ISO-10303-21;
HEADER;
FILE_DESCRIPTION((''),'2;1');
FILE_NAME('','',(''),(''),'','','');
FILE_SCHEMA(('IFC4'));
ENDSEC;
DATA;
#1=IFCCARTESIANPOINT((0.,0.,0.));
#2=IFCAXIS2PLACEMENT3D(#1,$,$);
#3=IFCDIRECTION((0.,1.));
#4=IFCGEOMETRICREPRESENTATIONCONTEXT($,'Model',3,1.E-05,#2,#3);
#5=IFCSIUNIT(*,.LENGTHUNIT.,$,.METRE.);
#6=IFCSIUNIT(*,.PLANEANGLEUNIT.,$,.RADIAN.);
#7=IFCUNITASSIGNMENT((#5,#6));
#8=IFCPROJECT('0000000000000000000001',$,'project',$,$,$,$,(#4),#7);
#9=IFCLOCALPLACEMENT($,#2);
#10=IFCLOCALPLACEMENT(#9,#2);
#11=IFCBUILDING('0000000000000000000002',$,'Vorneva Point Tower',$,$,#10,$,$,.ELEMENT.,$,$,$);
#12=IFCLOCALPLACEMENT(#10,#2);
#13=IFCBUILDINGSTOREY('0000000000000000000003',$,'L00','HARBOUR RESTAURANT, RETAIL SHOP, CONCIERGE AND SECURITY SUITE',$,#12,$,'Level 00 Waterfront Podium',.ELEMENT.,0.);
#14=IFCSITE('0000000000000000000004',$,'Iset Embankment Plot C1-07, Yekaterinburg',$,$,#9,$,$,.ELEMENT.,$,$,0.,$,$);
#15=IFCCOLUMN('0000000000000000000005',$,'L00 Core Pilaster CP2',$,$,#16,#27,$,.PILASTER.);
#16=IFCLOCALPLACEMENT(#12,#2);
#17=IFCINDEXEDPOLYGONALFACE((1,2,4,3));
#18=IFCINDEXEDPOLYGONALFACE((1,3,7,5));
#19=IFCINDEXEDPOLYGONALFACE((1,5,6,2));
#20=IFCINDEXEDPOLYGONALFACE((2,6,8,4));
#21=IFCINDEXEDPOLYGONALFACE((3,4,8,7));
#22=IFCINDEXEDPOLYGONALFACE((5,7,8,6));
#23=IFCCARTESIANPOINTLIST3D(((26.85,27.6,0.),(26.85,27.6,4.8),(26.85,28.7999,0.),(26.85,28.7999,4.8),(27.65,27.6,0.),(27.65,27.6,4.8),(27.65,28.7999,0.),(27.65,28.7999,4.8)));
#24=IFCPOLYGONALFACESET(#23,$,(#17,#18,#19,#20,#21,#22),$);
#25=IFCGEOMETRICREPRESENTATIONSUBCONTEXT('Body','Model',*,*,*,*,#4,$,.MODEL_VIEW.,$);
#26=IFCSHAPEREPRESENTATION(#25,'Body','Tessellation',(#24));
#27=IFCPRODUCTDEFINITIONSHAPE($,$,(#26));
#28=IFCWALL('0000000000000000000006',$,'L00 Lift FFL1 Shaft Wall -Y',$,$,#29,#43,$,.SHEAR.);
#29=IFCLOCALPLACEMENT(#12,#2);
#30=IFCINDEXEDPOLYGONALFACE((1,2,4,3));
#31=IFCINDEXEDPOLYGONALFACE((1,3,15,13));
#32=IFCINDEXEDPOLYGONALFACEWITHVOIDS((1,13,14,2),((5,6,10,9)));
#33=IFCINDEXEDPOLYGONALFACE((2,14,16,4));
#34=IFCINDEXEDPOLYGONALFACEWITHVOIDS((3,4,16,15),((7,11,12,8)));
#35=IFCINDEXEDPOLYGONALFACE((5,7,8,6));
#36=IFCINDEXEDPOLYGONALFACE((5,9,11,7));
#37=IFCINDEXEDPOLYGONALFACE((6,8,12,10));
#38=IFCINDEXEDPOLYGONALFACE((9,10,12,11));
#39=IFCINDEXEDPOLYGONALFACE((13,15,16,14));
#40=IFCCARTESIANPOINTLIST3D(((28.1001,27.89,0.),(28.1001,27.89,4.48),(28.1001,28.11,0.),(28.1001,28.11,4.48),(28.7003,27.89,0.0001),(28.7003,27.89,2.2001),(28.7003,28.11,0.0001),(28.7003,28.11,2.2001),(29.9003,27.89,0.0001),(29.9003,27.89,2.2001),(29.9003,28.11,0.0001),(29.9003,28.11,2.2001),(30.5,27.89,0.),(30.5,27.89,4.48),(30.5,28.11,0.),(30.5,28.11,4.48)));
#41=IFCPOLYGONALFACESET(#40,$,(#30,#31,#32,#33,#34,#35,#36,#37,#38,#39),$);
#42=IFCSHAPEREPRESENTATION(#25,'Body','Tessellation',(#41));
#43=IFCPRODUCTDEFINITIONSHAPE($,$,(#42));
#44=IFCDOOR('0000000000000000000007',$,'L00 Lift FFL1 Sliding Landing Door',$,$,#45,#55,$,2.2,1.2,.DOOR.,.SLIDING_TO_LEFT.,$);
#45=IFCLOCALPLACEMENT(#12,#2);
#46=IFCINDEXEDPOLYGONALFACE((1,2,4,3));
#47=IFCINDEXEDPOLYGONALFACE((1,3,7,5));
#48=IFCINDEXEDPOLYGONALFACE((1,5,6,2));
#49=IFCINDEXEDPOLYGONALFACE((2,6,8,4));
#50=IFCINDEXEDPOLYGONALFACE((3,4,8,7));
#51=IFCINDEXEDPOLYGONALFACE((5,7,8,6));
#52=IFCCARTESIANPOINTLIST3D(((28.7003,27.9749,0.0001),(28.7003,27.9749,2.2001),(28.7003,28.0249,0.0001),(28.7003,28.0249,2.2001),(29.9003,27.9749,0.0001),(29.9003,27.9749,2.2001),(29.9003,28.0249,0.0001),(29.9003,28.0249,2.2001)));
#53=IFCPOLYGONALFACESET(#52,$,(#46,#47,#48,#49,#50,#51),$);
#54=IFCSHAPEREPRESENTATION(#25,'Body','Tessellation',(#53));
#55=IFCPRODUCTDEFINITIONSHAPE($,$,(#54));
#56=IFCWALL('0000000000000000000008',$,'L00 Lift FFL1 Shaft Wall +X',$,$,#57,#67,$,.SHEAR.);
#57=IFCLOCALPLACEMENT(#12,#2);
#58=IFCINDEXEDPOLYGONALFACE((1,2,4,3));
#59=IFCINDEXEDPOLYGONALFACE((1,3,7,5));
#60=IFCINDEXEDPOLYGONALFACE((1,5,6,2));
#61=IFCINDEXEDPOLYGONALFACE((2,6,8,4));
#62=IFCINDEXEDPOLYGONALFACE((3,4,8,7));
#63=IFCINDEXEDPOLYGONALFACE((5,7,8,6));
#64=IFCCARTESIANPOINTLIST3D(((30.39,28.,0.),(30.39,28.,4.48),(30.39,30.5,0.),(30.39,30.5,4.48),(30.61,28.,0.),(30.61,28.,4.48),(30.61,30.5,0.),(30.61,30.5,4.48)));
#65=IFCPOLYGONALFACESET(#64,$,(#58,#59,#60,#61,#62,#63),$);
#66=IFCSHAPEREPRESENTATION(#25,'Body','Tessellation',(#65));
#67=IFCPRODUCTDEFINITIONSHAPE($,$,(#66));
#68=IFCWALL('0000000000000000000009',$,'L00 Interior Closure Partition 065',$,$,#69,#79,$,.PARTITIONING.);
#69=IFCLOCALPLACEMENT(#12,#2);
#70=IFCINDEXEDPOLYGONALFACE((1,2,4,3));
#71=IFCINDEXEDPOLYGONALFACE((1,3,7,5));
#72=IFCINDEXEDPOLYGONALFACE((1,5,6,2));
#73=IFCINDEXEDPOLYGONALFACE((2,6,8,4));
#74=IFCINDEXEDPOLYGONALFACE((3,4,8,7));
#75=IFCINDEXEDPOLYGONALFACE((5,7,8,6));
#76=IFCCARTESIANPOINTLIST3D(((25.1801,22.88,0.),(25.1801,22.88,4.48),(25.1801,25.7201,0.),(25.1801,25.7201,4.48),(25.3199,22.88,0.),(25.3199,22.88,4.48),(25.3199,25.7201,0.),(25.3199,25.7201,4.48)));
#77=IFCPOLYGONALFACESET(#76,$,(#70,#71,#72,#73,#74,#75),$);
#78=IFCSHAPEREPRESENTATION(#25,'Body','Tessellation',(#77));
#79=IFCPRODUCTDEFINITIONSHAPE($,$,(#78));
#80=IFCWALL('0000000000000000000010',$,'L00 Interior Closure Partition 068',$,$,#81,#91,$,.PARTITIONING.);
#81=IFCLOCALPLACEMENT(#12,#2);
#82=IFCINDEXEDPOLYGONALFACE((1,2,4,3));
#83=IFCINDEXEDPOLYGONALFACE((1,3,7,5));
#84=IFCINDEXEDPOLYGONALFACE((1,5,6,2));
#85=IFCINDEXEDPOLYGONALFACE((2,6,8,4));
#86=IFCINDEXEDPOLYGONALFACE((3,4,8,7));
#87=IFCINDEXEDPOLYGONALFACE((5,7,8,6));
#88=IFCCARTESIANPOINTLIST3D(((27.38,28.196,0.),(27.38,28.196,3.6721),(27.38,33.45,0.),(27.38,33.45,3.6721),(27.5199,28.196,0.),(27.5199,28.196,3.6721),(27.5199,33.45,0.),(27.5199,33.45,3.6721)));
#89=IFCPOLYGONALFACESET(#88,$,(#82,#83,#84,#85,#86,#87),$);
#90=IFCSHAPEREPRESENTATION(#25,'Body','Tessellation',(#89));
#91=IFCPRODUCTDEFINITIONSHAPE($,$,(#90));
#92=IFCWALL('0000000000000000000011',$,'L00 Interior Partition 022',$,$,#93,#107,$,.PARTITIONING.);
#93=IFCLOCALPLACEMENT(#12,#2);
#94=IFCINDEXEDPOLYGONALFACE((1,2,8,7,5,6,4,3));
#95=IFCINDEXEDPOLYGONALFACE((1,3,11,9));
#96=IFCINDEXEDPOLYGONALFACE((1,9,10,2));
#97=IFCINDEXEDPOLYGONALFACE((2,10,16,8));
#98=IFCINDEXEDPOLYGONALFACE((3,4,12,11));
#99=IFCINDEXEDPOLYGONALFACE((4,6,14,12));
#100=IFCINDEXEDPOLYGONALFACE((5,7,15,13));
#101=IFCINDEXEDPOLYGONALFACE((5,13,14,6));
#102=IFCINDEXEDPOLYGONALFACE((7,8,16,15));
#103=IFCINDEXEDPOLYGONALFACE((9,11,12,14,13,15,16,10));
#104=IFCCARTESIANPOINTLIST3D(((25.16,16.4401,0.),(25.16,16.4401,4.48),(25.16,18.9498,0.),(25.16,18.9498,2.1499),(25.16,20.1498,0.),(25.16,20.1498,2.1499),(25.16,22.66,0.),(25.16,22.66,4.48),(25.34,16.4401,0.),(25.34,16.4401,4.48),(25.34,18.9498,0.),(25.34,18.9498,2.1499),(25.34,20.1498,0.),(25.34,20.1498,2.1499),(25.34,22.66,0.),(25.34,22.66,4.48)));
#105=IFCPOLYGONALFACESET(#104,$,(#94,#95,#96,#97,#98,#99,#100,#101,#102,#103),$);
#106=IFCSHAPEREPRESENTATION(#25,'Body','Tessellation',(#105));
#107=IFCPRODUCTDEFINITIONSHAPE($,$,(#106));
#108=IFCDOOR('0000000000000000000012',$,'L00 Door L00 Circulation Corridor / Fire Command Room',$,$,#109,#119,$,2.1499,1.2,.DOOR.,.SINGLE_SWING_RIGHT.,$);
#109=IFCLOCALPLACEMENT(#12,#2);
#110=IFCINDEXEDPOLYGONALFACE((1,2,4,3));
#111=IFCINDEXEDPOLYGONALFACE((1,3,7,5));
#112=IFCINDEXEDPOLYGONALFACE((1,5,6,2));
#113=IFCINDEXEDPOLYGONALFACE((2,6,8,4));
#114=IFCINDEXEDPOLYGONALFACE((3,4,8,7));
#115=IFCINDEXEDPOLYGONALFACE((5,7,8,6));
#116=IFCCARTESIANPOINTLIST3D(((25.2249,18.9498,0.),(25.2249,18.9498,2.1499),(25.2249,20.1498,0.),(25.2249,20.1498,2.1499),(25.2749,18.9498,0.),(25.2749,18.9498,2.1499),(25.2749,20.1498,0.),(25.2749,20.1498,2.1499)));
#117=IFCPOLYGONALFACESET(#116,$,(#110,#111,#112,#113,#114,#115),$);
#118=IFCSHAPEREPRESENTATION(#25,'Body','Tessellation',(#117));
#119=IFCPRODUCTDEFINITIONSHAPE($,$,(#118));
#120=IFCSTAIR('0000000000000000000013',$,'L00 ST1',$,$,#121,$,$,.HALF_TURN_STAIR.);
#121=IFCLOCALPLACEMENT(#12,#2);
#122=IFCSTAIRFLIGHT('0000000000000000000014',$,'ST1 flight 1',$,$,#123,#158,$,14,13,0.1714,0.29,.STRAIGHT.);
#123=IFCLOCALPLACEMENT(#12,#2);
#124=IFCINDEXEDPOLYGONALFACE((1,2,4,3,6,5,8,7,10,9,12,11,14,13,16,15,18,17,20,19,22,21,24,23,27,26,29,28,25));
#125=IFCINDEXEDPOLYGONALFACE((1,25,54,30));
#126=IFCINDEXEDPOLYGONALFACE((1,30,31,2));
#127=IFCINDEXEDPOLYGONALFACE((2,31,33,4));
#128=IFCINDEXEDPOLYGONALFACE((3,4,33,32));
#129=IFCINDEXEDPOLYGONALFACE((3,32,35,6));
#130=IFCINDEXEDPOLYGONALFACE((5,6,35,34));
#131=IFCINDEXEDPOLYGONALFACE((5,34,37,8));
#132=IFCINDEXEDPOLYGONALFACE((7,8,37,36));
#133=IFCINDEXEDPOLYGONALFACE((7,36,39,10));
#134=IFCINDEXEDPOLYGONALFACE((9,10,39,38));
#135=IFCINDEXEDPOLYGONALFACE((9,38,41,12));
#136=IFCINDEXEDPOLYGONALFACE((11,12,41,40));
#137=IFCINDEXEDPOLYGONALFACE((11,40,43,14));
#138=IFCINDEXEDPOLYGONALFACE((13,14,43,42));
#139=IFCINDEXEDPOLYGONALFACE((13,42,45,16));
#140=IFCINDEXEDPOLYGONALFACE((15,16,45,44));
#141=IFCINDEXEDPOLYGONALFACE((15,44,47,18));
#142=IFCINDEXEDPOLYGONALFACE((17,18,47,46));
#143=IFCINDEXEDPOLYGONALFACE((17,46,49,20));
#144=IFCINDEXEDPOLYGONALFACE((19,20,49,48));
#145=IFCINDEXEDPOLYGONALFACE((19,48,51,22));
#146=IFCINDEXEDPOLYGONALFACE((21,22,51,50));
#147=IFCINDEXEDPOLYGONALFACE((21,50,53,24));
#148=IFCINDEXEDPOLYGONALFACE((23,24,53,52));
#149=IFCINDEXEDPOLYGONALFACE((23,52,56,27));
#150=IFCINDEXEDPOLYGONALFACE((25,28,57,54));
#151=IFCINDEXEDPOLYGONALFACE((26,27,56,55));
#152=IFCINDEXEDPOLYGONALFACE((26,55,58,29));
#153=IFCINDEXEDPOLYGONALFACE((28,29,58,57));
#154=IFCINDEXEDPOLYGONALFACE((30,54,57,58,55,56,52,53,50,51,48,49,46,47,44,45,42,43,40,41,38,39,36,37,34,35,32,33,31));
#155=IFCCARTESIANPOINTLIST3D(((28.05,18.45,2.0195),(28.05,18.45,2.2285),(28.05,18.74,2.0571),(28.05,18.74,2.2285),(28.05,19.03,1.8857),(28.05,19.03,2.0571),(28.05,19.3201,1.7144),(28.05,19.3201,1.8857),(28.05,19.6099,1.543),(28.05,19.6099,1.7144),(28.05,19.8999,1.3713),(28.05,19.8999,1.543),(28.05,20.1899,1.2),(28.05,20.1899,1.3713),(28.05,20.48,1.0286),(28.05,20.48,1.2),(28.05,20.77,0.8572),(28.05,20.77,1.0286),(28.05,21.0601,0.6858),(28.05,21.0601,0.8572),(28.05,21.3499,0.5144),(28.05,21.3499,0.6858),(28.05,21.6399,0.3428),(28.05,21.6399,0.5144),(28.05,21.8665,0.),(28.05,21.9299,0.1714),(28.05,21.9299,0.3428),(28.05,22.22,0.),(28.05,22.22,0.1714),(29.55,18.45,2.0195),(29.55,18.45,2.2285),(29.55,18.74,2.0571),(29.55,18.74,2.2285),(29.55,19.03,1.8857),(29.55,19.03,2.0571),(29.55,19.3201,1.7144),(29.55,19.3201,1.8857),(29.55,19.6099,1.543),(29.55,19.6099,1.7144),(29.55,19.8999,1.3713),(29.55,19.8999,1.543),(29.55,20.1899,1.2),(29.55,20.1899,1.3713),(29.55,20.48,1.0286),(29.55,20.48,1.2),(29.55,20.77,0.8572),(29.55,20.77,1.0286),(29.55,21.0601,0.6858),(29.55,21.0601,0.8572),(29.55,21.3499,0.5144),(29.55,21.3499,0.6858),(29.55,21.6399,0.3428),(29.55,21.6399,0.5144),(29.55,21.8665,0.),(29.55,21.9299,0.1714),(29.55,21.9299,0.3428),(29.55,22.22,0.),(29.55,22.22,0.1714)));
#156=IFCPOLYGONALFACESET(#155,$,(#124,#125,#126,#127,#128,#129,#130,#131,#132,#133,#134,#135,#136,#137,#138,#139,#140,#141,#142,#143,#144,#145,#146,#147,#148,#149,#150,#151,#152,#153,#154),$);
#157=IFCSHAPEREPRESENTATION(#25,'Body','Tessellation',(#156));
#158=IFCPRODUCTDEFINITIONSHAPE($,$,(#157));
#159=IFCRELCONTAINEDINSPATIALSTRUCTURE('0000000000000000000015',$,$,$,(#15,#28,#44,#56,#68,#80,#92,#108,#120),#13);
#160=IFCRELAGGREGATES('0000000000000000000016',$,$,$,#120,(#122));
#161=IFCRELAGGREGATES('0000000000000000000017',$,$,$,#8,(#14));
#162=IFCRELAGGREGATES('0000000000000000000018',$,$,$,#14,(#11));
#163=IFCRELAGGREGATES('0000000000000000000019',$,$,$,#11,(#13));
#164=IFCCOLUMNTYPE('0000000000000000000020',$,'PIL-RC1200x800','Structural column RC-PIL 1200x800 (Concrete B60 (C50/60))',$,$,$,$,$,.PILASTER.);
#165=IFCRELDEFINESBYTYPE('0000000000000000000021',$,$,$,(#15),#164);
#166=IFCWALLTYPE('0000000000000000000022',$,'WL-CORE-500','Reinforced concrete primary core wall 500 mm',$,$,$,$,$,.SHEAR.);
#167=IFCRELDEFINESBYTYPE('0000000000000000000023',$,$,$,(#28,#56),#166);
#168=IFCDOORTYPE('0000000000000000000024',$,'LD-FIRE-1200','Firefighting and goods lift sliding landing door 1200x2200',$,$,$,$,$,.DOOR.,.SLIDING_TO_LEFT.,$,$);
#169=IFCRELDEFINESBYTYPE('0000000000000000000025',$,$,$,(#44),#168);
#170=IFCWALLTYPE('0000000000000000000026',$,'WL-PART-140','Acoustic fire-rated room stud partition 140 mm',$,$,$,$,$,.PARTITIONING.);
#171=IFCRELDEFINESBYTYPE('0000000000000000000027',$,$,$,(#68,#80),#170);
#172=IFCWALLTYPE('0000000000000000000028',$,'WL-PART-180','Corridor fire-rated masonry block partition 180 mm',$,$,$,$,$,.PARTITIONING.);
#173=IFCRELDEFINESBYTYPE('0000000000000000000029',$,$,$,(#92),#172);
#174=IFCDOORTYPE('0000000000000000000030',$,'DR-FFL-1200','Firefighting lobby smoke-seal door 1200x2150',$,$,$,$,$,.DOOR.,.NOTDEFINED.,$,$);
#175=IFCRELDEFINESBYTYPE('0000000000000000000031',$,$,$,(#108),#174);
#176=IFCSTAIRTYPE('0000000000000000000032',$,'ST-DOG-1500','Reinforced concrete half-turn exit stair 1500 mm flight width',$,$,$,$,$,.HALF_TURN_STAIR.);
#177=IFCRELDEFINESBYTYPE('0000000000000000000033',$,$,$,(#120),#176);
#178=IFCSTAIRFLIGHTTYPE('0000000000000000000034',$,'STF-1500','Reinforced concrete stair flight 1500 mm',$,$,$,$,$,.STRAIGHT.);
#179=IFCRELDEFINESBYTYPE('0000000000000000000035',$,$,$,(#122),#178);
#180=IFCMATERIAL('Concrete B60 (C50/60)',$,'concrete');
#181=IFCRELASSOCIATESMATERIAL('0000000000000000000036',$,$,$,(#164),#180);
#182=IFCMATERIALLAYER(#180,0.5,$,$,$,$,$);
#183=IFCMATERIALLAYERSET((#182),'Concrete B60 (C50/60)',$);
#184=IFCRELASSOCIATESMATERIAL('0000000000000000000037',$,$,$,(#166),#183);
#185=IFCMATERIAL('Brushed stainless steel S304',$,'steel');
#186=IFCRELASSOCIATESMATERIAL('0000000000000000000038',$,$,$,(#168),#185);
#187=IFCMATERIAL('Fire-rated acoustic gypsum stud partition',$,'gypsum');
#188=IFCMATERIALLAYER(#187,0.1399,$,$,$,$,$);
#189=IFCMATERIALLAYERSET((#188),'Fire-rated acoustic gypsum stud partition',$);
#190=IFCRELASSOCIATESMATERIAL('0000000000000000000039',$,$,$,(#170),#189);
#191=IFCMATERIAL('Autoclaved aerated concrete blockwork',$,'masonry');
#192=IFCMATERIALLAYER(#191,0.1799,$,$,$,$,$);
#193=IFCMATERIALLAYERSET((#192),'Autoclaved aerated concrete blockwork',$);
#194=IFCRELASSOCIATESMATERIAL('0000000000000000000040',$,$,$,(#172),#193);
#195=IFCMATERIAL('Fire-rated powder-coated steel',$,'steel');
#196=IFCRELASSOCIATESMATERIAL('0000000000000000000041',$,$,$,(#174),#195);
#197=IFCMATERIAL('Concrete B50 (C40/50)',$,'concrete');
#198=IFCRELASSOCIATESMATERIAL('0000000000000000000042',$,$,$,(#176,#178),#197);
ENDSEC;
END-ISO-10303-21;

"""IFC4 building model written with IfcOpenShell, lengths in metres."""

from ifc_helpers import new_model, si_unit, direction, frame, frame_2d, origin, origin_2d, place, context, subcontext, project, spatial, polyline, rectangle, outline, extrude, material, layer, layer_set, material_profile, profile_set, type_object, element, fill, aggregate, save


model = new_model("IFC4")

# Units and contexts
model_context = context("Model", 3, precision=1e-05, world=origin(), true_north=direction((0.0, 1.0)))
body_context = subcontext(model_context, "Body", "Model", "MODEL_VIEW")
ifc_project = project(units=[si_unit("LENGTHUNIT", "METRE"), si_unit("PLANEANGLEUNIT", "RADIAN")], contexts=[model_context])

# Site, building, storey
site_placement = place(None, origin())
site = spatial("IfcSite", under=ifc_project, at=site_placement, Name="Iset Embankment Plot C1-07, Yekaterinburg", CompositionType="ELEMENT", RefElevation=0.0)
building_placement = place(site_placement, origin())
building = spatial("IfcBuilding", under=site, at=building_placement, Name="Vorneva Point Tower", CompositionType="ELEMENT")
storey_placement = place(building_placement, origin())
storey = spatial("IfcBuildingStorey", under=building, at=storey_placement, Name="L00", Description="HARBOUR RESTAURANT, RETAIL SHOP, CONCIERGE AND SECURITY SUITE", LongName="Level 00 Waterfront Podium", CompositionType="ELEMENT", Elevation=0.0)

# Column
ifc_material_1 = material(Name="Concrete B60 (C50/60)", Category="concrete")
ifc_material_profile = material_profile(ifc_material_1, rectangle(XDim=0.8, YDim=1.2, at=origin_2d()), Name="RC-PIL 1200x800")
ifc_profile_set = profile_set([ifc_material_profile], Name="Concrete B60 (C50/60)")
column_type = type_object("IfcColumnType", Name="PIL-RC1200x800", Description="Structural column RC-PIL 1200x800 (Concrete B60 (C50/60))", PredefinedType="PILASTER", material=ifc_profile_set)
column_placement = place(storey_placement, frame((27.25, 28.2, 0.0), z_axis=(0.0, 0.0, 1.0), x_axis=(1.0, 0.0, 0.0)))
element("IfcColumn", 1, at=column_placement, inside=storey, type_object=column_type, Name="L00 Core Pilaster CP2", PredefinedType="PILASTER", context=body_context, shape_type="SweptSolid", body=[
    extrude(rectangle(XDim=0.8, YDim=1.2, at=origin_2d()), origin(), (0.0, 0.0, 1.0), 4.8),
])

# Wall, opening, door
ifc_layer_1 = layer(ifc_material_1, 0.5)
ifc_layer_set_1 = layer_set([ifc_layer_1], Name="Concrete B60 (C50/60)")
wall_type_1 = type_object("IfcWallType", Name="WL-CORE-500", Description="Reinforced concrete primary core wall 500 mm", PredefinedType="SHEAR", material=ifc_layer_set_1)
wall_1_placement = place(storey_placement, frame((28.1001, 28.0, 0.0), z_axis=(0.0, 0.0, 1.0), x_axis=(1.0, 0.0, 0.0)))
wall_1 = element("IfcWall", 2, at=wall_1_placement, inside=storey, type_object=wall_type_1, Name="L00 Lift FFL1 Shaft Wall -Y", PredefinedType="SHEAR", context=body_context, shape_type="SweptSolid", body=[
    extrude(rectangle(XDim=2.3999, YDim=0.22, at=frame_2d((1.2, 0.0))), origin(), (0.0, 0.0, 1.0), 4.48),
])
opening_1_placement = place(wall_1_placement, frame((0.6001, 0.0, 0.0)))
opening_1 = element("IfcOpeningElement", 3, at=opening_1_placement, cuts=wall_1, PredefinedType="OPENING", context=body_context, shape_type="SweptSolid", body=[
    extrude(rectangle(XDim=1.2, YDim=2.2, at=frame_2d((0.6001, 1.1001))), frame((0.0, 0.125, 0.0), z_axis=(0.0, -1.0, 0.0), x_axis=(1.0, 0.0, 0.0)), (0.0, 0.0, 1.0), 0.2498),
])
ifc_material_2 = material(Name="Brushed stainless steel S304", Category="steel")
door_type_1 = type_object("IfcDoorType", Name="LD-FIRE-1200", Description="Firefighting and goods lift sliding landing door 1200x2200", OperationType="SLIDING_TO_LEFT", PredefinedType="DOOR", material=ifc_material_2)
door_1_placement = place(opening_1_placement, origin())
door_1 = element("IfcDoor", 4, at=door_1_placement, inside=storey, type_object=door_type_1, Name="L00 Lift FFL1 Sliding Landing Door", OperationType="SLIDING_TO_LEFT", OverallHeight=2.2, OverallWidth=1.2, PredefinedType="DOOR", context=body_context, shape_type="SweptSolid", body=[
    extrude(rectangle(XDim=1.2, YDim=2.2, at=frame_2d((0.6001, 1.1001))), frame((0.0, 0.0249, 0.0), z_axis=(0.0, -1.0, 0.0), x_axis=(1.0, 0.0, 0.0)), (0.0, 0.0, 1.0), 0.05),
])
fill(opening_1, door_1)

# Walls
wall_2_placement = place(storey_placement, frame((30.5, 28.0, 0.0), z_axis=(0.0, 0.0, 1.0), x_axis=(0.0, 1.0, 0.0)))
element("IfcWall", 5, at=wall_2_placement, inside=storey, type_object=wall_type_1, Name="L00 Lift FFL1 Shaft Wall +X", PredefinedType="SHEAR", context=body_context, shape_type="SweptSolid", body=[
    extrude(rectangle(XDim=2.5, YDim=0.22, at=frame_2d((1.25, 0.0))), origin(), (0.0, 0.0, 1.0), 4.48),
])
ifc_material_3 = material(Name="Fire-rated acoustic gypsum stud partition", Category="gypsum")
ifc_layer_2 = layer(ifc_material_3, 0.1399)
ifc_layer_set_2 = layer_set([ifc_layer_2], Name="Fire-rated acoustic gypsum stud partition")
wall_type_2 = type_object("IfcWallType", Name="WL-PART-140", Description="Acoustic fire-rated room stud partition 140 mm", PredefinedType="PARTITIONING", material=ifc_layer_set_2)
wall_3_placement = place(storey_placement, frame((25.25, 25.72, 0.0), z_axis=(0.0, 0.0, 1.0), x_axis=(0.0, -1.0, 0.0)))
element("IfcWall", 6, at=wall_3_placement, inside=storey, type_object=wall_type_2, Name="L00 Interior Closure Partition 065", PredefinedType="PARTITIONING", context=body_context, shape_type="SweptSolid", body=[
    extrude(rectangle(XDim=2.8401, YDim=0.1399, at=frame_2d((1.4199, 0.0))), origin(), (0.0, 0.0, 1.0), 4.48),
])
wall_4_placement = place(storey_placement, frame((27.45, 28.196, 0.0), z_axis=(0.0, 0.0, 1.0), x_axis=(0.0, 1.0, 0.0)))
element("IfcWall", 7, at=wall_4_placement, inside=storey, type_object=wall_type_2, Name="L00 Interior Closure Partition 068", PredefinedType="PARTITIONING", context=body_context, shape_type="SweptSolid", body=[
    extrude(rectangle(XDim=5.2539, YDim=0.1399, at=frame_2d((2.627, 0.0))), origin(), (0.0, 0.0, 1.0), 3.6721),
])

# Wall, opening, door
ifc_material_4 = material(Name="Autoclaved aerated concrete blockwork", Category="masonry")
ifc_layer_3 = layer(ifc_material_4, 0.1799)
ifc_layer_set_3 = layer_set([ifc_layer_3], Name="Autoclaved aerated concrete blockwork")
wall_type_3 = type_object("IfcWallType", Name="WL-PART-180", Description="Corridor fire-rated masonry block partition 180 mm", PredefinedType="PARTITIONING", material=ifc_layer_set_3)
ifc_material_5 = material(Name="Fire-rated powder-coated steel", Category="steel")
door_type_2 = type_object("IfcDoorType", Name="DR-FFL-1200", Description="Firefighting lobby smoke-seal door 1200x2150", OperationType="NOTDEFINED", PredefinedType="DOOR", material=ifc_material_5)
wall_5_placement = place(storey_placement, frame((25.25, 22.6599, 0.0), z_axis=(0.0, 0.0, 1.0), x_axis=(0.0, -1.0, 0.0)))
wall_5 = element("IfcWall", 8, at=wall_5_placement, inside=storey, type_object=wall_type_3, Name="L00 Interior Partition 022", PredefinedType="PARTITIONING", context=body_context, shape_type="SweptSolid", body=[
    extrude(rectangle(XDim=6.22, YDim=0.1799, at=frame_2d((3.1099, 0.0))), origin(), (0.0, 0.0, 1.0), 4.48),
])
opening_2_placement = place(wall_5_placement, frame((2.51, 0.0, 0.0)))
opening_2 = element("IfcOpeningElement", 9, at=opening_2_placement, cuts=wall_5, PredefinedType="OPENING", context=body_context, shape_type="SweptSolid", body=[
    extrude(rectangle(XDim=1.2, YDim=2.1499, at=frame_2d((0.6001, 1.075))), frame((0.0, 0.105, 0.0), z_axis=(0.0, -1.0, 0.0), x_axis=(1.0, 0.0, 0.0)), (0.0, 0.0, 1.0), 0.2097),
])
door_2_placement = place(opening_2_placement, origin())
door_2 = element("IfcDoor", 10, at=door_2_placement, inside=storey, type_object=door_type_2, Name="L00 Door L00 Circulation Corridor / Fire Command Room", OperationType="SINGLE_SWING_RIGHT", OverallHeight=2.1499, OverallWidth=1.2, PredefinedType="DOOR", context=body_context, shape_type="SweptSolid", body=[
    extrude(rectangle(XDim=1.2, YDim=2.1499, at=frame_2d((0.6001, 1.075))), frame((0.0, 0.0249, 0.0), z_axis=(0.0, -1.0, 0.0), x_axis=(1.0, 0.0, 0.0)), (0.0, 0.0, 1.0), 0.05),
])
fill(opening_2, door_2)
ifc_material_6 = material(Name="Concrete B50 (C40/50)", Category="concrete")

# Stair, stair flight
stair_type = type_object("IfcStairType", Name="ST-DOG-1500", Description="Reinforced concrete half-turn exit stair 1500 mm flight width", PredefinedType="HALF_TURN_STAIR", material=ifc_material_6)
stair_placement = place(storey_placement, origin())
stair = element("IfcStair", 11, at=stair_placement, inside=storey, type_object=stair_type, Name="L00 ST1", PredefinedType="HALF_TURN_STAIR")
stair_flight_type = type_object("IfcStairFlightType", Name="STF-1500", Description="Reinforced concrete stair flight 1500 mm", PredefinedType="STRAIGHT", material=ifc_material_6)
stair_flight_1_placement = place(storey_placement, frame((28.8, 22.22, 0.0), z_axis=(0.0, 0.0, 1.0), x_axis=(0.0, -1.0, 0.0)))
stair_flight_1 = element("IfcStairFlight", 12, at=stair_flight_1_placement, type_object=stair_flight_type, Name="ST1 flight 1", NumberOfRisers=14, NumberOfTreads=13, PredefinedType="STRAIGHT", RiserHeight=0.1714, TreadLength=0.29, context=body_context, shape_type="SweptSolid", body=[
    extrude(outline(polyline([(0.0, 0.0), (0.0, 0.1714), (0.29, 0.1714), (0.29, 0.3428), (0.5801, 0.3428), (0.5801, 0.5144), (0.8701, 0.5144), (0.8701, 0.6858), (1.1599, 0.6858), (1.1599, 0.8572), (1.45, 0.8572), (1.45, 1.0286), (1.74, 1.0286), (1.74, 1.2), (2.03, 1.2), (2.03, 1.3713), (2.3201, 1.3713), (2.3201, 1.543), (2.6101, 1.543), (2.6101, 1.7144), (2.8999, 1.7144), (2.8999, 1.8857), (3.1899, 1.8857), (3.1899, 2.0571), (3.48, 2.0571), (3.48, 2.2285), (3.77, 2.2285), (3.77, 2.3999), (3.77, 2.0195), (0.3535, 0.0), (0.0, 0.0)])), frame((0.0, 0.75, 0.0), z_axis=(0.0, -1.0, 0.0), x_axis=(1.0, 0.0, 0.0)), (0.0, 0.0, 1.0), 1.5),
])
aggregate(stair, [stair_flight_1])

save(model, "model.ifc")
